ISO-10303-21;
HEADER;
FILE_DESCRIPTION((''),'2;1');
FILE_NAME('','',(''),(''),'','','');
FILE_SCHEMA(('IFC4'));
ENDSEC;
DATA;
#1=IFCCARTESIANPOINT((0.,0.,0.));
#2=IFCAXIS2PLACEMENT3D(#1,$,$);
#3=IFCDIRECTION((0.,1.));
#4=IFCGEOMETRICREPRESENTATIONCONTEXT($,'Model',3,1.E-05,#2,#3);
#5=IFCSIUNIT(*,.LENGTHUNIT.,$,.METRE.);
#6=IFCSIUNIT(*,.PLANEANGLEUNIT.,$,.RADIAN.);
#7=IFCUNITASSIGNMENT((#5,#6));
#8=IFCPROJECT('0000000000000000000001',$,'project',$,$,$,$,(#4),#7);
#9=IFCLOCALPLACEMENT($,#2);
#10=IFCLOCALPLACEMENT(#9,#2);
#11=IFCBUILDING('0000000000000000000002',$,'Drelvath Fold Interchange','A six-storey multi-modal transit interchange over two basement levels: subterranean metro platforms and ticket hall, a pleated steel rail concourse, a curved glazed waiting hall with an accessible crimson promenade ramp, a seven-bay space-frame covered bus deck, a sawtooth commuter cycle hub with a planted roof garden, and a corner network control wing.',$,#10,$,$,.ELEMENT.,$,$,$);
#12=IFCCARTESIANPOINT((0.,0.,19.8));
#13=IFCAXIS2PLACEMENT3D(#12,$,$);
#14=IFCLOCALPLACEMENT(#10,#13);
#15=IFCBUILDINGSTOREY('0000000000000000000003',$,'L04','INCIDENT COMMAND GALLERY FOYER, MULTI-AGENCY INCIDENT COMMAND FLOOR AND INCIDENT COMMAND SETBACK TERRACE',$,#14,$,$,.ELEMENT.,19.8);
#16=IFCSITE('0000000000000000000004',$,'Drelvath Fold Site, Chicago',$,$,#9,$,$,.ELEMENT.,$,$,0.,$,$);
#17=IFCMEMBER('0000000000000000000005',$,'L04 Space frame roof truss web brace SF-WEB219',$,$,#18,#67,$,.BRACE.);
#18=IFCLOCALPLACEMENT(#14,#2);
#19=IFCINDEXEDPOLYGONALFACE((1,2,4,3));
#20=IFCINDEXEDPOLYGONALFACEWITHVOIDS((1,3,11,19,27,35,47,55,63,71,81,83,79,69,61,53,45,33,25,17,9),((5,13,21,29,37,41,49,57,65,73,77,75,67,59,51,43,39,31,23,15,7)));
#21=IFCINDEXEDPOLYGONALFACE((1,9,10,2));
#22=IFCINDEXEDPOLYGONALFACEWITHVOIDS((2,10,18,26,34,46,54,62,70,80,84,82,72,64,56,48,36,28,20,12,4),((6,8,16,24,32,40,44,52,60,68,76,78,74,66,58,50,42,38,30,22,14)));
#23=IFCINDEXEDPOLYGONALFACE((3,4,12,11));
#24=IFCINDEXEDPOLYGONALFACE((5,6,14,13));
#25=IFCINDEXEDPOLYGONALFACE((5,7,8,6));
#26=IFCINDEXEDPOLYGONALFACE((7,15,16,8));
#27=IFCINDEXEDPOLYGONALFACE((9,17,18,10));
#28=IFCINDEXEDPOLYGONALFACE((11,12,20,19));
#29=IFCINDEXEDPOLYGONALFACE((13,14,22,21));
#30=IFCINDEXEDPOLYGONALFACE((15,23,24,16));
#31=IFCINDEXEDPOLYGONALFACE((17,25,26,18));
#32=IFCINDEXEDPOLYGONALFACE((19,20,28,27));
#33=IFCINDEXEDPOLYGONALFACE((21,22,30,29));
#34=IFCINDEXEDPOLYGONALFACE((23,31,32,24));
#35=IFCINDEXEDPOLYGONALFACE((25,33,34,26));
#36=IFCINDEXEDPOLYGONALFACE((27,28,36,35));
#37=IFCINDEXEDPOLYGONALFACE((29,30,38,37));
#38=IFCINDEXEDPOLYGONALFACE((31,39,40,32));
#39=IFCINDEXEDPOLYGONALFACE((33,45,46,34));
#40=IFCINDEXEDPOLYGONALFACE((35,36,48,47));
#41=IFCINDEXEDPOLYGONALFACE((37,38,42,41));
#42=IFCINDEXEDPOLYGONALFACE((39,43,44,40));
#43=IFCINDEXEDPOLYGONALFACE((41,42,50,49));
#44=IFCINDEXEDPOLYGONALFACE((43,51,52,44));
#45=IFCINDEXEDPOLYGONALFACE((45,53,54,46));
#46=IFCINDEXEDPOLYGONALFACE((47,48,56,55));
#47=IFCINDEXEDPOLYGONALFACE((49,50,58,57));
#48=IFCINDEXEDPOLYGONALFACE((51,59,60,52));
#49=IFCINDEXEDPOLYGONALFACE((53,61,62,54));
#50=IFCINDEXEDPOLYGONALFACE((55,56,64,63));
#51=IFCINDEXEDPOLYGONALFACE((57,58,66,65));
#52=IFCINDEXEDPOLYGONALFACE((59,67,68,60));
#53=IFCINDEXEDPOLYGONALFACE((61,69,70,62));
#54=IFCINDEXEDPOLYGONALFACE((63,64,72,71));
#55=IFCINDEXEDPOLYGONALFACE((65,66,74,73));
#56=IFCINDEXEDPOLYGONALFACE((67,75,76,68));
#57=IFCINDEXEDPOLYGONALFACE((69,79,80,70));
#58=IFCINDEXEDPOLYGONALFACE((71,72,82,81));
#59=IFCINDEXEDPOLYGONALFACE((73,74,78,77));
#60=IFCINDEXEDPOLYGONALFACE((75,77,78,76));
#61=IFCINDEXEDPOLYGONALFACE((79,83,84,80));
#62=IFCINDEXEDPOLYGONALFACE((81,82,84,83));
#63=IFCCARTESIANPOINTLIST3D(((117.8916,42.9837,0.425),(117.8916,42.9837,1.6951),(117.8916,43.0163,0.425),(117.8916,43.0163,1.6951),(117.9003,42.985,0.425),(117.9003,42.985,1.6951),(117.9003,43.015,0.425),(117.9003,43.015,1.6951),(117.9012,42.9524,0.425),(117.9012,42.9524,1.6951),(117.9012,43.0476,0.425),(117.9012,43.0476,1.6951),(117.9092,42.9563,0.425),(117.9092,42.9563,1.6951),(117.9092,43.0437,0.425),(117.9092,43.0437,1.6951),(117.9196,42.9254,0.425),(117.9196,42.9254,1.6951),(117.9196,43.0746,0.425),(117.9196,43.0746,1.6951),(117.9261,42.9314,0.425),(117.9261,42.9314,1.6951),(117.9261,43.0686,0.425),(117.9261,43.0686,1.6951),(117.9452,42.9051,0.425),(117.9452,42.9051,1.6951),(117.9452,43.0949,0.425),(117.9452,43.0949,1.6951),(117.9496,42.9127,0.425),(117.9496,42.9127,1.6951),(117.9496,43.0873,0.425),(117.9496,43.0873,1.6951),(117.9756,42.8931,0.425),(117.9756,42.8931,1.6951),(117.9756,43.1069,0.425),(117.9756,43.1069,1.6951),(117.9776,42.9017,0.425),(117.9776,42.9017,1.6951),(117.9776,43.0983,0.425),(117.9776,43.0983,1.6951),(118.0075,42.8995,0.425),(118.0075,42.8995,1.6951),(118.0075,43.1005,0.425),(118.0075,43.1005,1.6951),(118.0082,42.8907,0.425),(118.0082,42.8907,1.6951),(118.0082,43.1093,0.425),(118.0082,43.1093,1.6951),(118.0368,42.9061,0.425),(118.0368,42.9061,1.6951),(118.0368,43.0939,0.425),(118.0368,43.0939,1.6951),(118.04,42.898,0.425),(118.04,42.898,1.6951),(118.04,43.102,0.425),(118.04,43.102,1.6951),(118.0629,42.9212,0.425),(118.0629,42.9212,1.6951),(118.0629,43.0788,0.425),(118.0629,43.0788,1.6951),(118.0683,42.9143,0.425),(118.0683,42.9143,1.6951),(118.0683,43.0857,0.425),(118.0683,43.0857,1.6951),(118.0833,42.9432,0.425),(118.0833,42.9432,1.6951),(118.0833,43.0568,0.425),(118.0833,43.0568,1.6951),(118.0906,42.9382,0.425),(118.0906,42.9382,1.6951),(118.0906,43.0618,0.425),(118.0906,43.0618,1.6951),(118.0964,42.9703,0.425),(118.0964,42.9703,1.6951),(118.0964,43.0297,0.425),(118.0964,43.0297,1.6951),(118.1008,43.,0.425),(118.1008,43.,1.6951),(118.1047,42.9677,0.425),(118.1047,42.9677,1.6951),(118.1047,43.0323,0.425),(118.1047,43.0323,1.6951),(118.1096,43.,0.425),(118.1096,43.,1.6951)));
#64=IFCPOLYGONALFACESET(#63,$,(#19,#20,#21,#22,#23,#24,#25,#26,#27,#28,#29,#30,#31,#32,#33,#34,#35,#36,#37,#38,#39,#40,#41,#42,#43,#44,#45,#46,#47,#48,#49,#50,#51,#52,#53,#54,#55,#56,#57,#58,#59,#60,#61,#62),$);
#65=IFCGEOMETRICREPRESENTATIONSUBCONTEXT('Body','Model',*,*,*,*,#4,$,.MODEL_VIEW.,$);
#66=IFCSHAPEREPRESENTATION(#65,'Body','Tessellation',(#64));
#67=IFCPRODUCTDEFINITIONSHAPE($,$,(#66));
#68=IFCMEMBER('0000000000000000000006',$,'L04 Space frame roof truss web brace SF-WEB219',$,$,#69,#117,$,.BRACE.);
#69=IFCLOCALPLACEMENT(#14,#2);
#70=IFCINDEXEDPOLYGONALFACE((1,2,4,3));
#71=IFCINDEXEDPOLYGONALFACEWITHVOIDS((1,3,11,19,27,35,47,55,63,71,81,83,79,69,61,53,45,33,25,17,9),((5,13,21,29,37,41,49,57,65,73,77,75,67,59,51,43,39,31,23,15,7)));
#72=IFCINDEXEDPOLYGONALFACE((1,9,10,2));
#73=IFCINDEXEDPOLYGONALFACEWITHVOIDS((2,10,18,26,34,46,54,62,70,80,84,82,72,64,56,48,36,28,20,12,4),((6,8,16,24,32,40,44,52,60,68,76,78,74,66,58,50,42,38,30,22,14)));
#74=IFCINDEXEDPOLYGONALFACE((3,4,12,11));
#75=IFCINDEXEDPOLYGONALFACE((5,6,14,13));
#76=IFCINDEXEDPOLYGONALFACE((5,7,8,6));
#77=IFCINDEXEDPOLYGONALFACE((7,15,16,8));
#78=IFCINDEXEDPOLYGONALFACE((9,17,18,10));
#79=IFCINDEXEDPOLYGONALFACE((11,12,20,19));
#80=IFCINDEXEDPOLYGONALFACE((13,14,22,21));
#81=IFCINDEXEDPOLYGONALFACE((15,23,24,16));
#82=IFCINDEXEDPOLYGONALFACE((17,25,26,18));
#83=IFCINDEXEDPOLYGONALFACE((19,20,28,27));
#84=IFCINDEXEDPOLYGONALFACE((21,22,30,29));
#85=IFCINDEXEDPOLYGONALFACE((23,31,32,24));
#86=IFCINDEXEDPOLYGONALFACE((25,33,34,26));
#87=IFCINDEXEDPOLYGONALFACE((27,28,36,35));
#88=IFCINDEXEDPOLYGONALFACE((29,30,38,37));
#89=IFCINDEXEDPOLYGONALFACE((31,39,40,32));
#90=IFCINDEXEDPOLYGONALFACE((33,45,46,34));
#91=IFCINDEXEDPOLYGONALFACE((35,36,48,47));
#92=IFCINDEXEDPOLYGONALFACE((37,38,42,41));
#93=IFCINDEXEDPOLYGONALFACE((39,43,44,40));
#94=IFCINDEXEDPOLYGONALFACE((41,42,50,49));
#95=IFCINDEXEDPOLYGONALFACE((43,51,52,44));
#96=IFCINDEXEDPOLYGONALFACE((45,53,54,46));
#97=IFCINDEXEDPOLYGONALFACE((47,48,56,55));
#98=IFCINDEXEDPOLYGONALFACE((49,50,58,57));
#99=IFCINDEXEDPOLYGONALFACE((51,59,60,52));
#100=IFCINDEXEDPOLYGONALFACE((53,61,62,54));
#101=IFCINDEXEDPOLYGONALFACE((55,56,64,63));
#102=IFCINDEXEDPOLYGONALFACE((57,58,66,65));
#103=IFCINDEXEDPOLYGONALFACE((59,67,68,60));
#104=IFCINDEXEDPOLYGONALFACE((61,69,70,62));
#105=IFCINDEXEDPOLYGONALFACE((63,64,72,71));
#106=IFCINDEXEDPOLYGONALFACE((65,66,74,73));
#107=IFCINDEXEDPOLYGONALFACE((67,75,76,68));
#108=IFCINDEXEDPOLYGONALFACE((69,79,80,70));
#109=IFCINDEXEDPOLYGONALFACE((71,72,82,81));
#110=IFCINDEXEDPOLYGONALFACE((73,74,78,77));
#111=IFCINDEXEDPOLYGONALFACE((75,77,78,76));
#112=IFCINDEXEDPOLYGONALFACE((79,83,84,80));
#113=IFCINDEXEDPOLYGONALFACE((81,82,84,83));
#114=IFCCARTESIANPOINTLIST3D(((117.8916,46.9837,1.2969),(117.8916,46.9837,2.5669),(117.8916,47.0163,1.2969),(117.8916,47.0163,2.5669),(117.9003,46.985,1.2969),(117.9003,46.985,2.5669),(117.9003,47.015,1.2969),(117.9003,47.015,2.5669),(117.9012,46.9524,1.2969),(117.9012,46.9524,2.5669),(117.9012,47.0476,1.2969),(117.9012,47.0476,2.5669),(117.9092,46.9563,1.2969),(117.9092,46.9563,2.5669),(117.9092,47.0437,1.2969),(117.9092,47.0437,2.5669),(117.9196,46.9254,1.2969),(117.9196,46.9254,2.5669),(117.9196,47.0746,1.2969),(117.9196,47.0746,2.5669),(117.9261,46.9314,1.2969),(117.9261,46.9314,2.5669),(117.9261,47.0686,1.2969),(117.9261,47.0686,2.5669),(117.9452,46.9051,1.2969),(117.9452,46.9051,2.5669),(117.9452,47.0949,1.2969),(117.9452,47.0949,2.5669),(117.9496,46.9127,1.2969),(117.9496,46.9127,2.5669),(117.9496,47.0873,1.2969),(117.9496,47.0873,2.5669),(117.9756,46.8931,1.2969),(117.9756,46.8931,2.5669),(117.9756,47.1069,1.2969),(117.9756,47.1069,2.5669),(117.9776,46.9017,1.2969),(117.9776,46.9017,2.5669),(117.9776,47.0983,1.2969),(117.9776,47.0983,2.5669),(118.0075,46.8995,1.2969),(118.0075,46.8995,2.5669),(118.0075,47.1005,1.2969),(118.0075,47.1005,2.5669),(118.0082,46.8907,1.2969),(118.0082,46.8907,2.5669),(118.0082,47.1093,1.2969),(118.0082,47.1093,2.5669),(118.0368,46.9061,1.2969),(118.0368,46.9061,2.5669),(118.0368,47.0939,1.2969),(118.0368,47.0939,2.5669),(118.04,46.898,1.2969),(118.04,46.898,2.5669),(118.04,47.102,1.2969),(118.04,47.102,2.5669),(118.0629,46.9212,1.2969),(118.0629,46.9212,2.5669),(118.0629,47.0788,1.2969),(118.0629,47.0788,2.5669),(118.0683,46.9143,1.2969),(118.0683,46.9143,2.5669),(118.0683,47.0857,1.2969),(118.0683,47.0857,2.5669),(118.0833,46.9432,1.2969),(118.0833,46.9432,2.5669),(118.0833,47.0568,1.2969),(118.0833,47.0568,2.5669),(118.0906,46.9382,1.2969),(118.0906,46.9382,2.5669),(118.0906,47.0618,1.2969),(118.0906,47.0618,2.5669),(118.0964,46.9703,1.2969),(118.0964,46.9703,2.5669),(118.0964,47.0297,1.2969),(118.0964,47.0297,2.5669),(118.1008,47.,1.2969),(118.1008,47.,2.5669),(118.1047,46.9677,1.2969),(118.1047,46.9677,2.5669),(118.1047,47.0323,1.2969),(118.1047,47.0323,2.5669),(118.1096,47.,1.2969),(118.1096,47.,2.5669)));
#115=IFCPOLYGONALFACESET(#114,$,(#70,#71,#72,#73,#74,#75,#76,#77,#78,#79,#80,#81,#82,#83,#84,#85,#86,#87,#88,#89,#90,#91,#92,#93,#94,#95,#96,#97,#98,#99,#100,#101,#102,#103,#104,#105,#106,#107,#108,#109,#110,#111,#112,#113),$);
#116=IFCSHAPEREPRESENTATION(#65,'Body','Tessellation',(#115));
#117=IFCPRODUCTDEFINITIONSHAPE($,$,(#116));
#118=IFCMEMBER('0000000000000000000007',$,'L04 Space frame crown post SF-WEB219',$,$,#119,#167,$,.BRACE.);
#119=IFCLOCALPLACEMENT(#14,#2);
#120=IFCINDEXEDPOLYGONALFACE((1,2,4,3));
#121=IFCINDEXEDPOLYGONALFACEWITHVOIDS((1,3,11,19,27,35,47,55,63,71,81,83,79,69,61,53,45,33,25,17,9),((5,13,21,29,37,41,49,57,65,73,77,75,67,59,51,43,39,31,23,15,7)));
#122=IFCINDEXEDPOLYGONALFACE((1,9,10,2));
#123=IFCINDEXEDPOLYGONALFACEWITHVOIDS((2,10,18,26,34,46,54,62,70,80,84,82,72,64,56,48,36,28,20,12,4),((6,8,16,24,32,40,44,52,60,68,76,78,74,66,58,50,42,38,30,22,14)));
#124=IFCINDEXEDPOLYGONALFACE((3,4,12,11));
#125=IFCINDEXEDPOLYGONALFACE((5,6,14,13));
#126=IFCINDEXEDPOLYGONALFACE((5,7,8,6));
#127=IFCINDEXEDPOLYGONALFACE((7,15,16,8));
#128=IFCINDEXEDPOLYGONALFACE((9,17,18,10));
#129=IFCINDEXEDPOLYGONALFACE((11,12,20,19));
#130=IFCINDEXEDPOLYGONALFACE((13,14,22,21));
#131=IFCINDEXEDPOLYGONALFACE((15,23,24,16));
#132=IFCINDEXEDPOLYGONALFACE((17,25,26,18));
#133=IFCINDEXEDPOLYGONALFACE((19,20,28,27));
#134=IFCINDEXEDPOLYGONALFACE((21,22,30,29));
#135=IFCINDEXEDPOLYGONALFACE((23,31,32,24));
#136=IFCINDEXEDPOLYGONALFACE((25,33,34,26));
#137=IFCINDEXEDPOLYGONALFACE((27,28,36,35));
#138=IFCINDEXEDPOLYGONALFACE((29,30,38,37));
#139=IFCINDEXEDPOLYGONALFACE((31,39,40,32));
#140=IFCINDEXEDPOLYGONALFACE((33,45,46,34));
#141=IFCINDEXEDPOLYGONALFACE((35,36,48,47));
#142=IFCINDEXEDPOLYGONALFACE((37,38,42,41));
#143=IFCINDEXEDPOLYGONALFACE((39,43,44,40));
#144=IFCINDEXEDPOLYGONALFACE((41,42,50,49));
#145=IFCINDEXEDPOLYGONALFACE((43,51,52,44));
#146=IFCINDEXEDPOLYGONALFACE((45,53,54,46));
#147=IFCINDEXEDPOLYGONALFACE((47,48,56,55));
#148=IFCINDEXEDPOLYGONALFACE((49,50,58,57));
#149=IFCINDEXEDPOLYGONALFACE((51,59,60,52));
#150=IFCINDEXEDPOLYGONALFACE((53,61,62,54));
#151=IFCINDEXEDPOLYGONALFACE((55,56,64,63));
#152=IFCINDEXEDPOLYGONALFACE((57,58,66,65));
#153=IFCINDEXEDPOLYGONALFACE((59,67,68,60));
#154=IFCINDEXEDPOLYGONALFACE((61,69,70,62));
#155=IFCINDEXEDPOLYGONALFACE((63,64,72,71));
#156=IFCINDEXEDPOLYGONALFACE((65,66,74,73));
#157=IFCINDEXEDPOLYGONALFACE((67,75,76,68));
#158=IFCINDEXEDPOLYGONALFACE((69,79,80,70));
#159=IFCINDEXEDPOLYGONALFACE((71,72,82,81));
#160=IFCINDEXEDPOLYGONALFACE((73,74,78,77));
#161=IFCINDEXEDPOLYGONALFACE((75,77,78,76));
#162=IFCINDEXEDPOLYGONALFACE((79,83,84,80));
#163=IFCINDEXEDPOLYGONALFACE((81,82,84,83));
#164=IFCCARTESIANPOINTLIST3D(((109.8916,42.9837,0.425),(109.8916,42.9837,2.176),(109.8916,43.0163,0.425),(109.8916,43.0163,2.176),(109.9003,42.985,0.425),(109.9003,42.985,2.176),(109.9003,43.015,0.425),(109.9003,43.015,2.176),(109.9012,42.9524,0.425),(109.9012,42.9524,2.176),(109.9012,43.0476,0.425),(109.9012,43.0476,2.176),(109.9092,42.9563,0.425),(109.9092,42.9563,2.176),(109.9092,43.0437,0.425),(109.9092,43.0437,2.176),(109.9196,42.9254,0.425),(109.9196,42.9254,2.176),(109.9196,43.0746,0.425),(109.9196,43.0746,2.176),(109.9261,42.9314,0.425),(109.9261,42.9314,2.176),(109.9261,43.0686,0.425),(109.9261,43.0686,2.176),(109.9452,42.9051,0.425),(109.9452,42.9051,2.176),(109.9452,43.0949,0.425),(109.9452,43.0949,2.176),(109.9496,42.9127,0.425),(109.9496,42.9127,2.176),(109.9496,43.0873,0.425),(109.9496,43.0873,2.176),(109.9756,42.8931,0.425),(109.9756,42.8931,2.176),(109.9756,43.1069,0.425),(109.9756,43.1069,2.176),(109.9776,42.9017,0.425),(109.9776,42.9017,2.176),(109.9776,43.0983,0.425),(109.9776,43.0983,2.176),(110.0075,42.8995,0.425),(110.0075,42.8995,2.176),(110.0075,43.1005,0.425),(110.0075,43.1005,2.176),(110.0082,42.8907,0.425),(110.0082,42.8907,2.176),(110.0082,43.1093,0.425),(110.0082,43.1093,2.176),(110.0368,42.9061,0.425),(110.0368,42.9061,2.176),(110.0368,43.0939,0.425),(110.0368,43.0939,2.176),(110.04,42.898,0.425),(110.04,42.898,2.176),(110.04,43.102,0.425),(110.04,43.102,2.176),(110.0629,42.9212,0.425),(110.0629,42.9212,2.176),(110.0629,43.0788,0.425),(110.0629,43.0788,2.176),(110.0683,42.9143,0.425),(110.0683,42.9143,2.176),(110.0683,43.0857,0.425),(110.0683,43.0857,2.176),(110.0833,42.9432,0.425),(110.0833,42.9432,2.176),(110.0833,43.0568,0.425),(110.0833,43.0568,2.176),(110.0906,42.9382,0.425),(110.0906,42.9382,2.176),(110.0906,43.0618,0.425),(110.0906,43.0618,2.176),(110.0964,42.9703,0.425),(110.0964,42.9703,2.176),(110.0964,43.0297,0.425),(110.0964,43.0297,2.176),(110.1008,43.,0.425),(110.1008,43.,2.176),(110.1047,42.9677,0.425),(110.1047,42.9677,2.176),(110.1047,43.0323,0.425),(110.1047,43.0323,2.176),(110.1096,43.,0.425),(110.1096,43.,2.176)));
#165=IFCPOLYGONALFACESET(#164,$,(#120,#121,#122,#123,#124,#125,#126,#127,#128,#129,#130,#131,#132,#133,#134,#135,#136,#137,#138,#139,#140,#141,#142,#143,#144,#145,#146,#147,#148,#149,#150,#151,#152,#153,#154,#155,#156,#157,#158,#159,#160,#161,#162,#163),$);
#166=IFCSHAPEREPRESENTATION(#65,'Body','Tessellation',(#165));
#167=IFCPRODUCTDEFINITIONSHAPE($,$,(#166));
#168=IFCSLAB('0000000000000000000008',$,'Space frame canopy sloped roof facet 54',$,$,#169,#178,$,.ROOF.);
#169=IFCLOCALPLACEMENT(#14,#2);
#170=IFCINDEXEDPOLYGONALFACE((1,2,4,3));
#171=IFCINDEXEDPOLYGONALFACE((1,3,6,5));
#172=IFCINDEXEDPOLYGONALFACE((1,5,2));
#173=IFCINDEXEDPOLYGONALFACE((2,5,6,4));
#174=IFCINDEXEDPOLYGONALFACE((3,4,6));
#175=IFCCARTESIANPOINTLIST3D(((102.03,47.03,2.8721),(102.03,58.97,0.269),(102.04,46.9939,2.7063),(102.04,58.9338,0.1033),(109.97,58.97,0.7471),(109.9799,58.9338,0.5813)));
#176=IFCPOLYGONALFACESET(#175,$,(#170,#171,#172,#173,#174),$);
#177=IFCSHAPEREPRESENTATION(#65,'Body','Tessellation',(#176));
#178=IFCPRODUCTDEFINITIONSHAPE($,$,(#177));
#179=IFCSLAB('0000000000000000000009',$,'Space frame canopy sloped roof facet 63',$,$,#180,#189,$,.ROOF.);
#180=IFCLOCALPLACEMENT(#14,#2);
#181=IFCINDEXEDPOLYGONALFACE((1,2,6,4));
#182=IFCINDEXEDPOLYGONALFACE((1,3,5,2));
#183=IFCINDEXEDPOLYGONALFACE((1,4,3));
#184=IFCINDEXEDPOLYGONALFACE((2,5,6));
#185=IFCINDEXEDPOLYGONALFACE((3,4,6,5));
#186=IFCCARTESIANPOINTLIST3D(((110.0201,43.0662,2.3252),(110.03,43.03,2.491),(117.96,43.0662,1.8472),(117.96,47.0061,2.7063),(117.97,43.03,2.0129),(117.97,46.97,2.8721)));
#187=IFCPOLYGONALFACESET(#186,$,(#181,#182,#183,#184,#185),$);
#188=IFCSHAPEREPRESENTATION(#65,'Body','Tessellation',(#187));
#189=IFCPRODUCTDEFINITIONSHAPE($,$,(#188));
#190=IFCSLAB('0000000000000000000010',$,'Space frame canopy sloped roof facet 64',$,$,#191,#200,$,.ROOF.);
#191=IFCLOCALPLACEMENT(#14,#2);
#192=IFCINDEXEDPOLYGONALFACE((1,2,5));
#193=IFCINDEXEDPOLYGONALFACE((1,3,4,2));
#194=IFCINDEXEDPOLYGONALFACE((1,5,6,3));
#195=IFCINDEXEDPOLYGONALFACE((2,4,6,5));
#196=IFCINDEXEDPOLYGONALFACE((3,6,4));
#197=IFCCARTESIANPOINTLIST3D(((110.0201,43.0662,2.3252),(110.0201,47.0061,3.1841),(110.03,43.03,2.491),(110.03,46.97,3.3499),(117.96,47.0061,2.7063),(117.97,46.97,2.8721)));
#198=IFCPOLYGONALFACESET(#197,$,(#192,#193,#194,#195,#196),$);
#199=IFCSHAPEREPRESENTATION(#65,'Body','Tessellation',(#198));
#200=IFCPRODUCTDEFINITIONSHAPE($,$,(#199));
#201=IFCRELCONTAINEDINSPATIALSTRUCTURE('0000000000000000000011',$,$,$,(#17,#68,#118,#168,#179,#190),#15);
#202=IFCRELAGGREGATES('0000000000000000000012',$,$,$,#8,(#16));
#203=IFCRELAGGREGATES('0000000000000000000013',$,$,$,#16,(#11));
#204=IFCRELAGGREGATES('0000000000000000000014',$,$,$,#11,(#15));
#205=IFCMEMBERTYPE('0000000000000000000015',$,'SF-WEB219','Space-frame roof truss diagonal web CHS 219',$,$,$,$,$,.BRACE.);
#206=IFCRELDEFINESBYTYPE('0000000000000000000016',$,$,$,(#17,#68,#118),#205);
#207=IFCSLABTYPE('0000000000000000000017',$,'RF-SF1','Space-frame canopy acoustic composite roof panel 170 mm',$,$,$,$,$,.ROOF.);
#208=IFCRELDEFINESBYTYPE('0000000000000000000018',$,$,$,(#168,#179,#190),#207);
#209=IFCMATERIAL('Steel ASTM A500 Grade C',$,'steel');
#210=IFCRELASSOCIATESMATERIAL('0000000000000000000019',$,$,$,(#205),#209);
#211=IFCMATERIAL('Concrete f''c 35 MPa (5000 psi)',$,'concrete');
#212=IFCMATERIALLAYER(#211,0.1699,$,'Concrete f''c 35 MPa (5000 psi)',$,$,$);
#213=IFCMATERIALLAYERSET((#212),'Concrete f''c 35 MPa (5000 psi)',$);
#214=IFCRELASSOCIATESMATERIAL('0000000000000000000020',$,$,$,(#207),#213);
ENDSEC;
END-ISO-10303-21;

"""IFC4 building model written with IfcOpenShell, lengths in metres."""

from ifc_helpers import new_model, si_unit, direction, frame, origin, origin_2d, place, context, subcontext, project, spatial, polyline, hollow_circle, outline, extrude, material, layer, layer_set, material_profile, profile_set, type_object, element, save


model = new_model("IFC4")

# Units and contexts
model_context = context("Model", 3, precision=1e-05, world=origin(), true_north=direction((0.0, 1.0)))
body_context = subcontext(model_context, "Body", "Model", "MODEL_VIEW")
ifc_project = project(units=[si_unit("LENGTHUNIT", "METRE"), si_unit("PLANEANGLEUNIT", "RADIAN")], contexts=[model_context])

# Site, building, storey
site_placement = place(None, origin())
site = spatial("IfcSite", under=ifc_project, at=site_placement, Name="Drelvath Fold Site, Chicago", CompositionType="ELEMENT", RefElevation=0.0)
building_placement = place(site_placement, origin())
building = spatial("IfcBuilding", under=site, at=building_placement, Name="Drelvath Fold Interchange", Description="A six-storey multi-modal transit interchange over two basement levels: subterranean metro platforms and ticket hall, a pleated steel rail concourse, a curved glazed waiting hall with an accessible crimson promenade ramp, a seven-bay space-frame covered bus deck, a sawtooth commuter cycle hub with a planted roof garden, and a corner network control wing.", CompositionType="ELEMENT")
storey_placement = place(building_placement, frame((0.0, 0.0, 19.8)))
storey = spatial("IfcBuildingStorey", under=building, at=storey_placement, Name="L04", Description="INCIDENT COMMAND GALLERY FOYER, MULTI-AGENCY INCIDENT COMMAND FLOOR AND INCIDENT COMMAND SETBACK TERRACE", CompositionType="ELEMENT", Elevation=19.8)

# Shared definitions
ifc_material_1 = material(Name="Steel ASTM A500 Grade C", Category="steel")

# Members
ifc_material_profile_1 = material_profile(ifc_material_1, hollow_circle(Radius=0.1096, WallThickness=0.0088, at=origin_2d()), Name="HSS8.625X0.375")
ifc_profile_set_1 = profile_set([ifc_material_profile_1], Name="Steel ASTM A500 Grade C")
member_type_1 = type_object("IfcMemberType", Name="SF-WEB219", Description="Space-frame roof truss diagonal web CHS 219", PredefinedType="BRACE", material=ifc_profile_set_1)
for number, where, z_axis, x_axis, name in (
    (1, (118.0, 43.0, 0.425), (0.0, 0.0, 1.0), (1.0, 0.0, 0.0), "L04 Space frame roof truss web brace SF-WEB219"),
    (2, (118.0, 47.0, 1.2969), (0.0, 0.0, 1.0), (1.0, 0.0, 0.0), "L04 Space frame roof truss web brace SF-WEB219"),
):
    element("IfcMember", number, at=place(storey_placement, frame(where, z_axis=z_axis, x_axis=x_axis)), inside=storey, type_object=member_type_1, Name=name, PredefinedType="BRACE", context=body_context, shape_type="SweptSolid", body=[
        extrude(hollow_circle(Radius=0.1096, WallThickness=0.0088, at=origin_2d()), origin(), (0.0, 0.0, 1.0), 1.27),
    ])
member_1_placement = place(storey_placement, frame((110.0, 43.0, 0.425), z_axis=(0.0, 0.0, 1.0), x_axis=(1.0, 0.0, 0.0)))
element("IfcMember", 3, at=member_1_placement, inside=storey, type_object=member_type_1, Name="L04 Space frame crown post SF-WEB219", PredefinedType="BRACE", context=body_context, shape_type="SweptSolid", body=[
    extrude(hollow_circle(Radius=0.1096, WallThickness=0.0088, at=origin_2d()), origin(), (0.0, 0.0, 1.0), 1.751),
])

# Slabs
ifc_material_2 = material(Name="Concrete f'c 35 MPa (5000 psi)", Category="concrete")
ifc_layer_1 = layer(ifc_material_2, 0.1699, Name="Concrete f'c 35 MPa (5000 psi)")
ifc_layer_set_1 = layer_set([ifc_layer_1], Name="Concrete f'c 35 MPa (5000 psi)")
slab_type = type_object("IfcSlabType", Name="RF-SF1", Description="Space-frame canopy acoustic composite roof panel 170 mm", PredefinedType="ROOF", material=ifc_layer_set_1)
slab_1_placement = place(storey_placement, frame((102.03, 47.03, 2.8721), z_axis=(-0.058722, 0.212639, 0.975365), x_axis=(0.547751, 0.823698, -0.146597)))
element("IfcSlab", 4, at=slab_1_placement, inside=storey, type_object=slab_type, Name="Space frame canopy sloped roof facet 54", PredefinedType="ROOF", context=body_context, shape_type="SweptSolid", body=[
    extrude(outline(polyline([(0.0, 0.0), (14.4955, 0.0), (10.2165, 6.7053), (0.0, 0.0)])), origin(), (0.0, 0.0, -1.0), 0.1699),
])
slab_2_placement = place(storey_placement, frame((110.03, 43.03, 2.491), z_axis=(0.058722, -0.212683, 0.975355), x_axis=(0.998193, 0.0, -0.060097)))
element("IfcSlab", 5, at=slab_2_placement, inside=storey, type_object=slab_type, Name="Space frame canopy sloped roof facet 63", PredefinedType="ROOF", context=body_context, shape_type="SweptSolid", body=[
    extrude(outline(polyline([(0.0, 0.0), (7.9543, 0.0), (7.9027, 4.0322), (0.0, 0.0)])), origin(), (0.0, 0.0, -1.0), 0.1699),
])
slab_3_placement = place(storey_placement, frame((110.03, 43.03, 2.491), z_axis=(0.058693, -0.212625, 0.975369), x_axis=(0.894951, 0.444091, 0.042956)))
element("IfcSlab", 6, at=slab_3_placement, inside=storey, type_object=slab_type, Name="Space frame canopy sloped roof facet 64", PredefinedType="ROOF", context=body_context, shape_type="SweptSolid", body=[
    extrude(outline(polyline([(0.0, 0.0), (8.8719, 0.0), (1.7866, 3.6151), (0.0, 0.0)])), origin(), (0.0, 0.0, -1.0), 0.1699),
])

save(model, "model.ifc")
